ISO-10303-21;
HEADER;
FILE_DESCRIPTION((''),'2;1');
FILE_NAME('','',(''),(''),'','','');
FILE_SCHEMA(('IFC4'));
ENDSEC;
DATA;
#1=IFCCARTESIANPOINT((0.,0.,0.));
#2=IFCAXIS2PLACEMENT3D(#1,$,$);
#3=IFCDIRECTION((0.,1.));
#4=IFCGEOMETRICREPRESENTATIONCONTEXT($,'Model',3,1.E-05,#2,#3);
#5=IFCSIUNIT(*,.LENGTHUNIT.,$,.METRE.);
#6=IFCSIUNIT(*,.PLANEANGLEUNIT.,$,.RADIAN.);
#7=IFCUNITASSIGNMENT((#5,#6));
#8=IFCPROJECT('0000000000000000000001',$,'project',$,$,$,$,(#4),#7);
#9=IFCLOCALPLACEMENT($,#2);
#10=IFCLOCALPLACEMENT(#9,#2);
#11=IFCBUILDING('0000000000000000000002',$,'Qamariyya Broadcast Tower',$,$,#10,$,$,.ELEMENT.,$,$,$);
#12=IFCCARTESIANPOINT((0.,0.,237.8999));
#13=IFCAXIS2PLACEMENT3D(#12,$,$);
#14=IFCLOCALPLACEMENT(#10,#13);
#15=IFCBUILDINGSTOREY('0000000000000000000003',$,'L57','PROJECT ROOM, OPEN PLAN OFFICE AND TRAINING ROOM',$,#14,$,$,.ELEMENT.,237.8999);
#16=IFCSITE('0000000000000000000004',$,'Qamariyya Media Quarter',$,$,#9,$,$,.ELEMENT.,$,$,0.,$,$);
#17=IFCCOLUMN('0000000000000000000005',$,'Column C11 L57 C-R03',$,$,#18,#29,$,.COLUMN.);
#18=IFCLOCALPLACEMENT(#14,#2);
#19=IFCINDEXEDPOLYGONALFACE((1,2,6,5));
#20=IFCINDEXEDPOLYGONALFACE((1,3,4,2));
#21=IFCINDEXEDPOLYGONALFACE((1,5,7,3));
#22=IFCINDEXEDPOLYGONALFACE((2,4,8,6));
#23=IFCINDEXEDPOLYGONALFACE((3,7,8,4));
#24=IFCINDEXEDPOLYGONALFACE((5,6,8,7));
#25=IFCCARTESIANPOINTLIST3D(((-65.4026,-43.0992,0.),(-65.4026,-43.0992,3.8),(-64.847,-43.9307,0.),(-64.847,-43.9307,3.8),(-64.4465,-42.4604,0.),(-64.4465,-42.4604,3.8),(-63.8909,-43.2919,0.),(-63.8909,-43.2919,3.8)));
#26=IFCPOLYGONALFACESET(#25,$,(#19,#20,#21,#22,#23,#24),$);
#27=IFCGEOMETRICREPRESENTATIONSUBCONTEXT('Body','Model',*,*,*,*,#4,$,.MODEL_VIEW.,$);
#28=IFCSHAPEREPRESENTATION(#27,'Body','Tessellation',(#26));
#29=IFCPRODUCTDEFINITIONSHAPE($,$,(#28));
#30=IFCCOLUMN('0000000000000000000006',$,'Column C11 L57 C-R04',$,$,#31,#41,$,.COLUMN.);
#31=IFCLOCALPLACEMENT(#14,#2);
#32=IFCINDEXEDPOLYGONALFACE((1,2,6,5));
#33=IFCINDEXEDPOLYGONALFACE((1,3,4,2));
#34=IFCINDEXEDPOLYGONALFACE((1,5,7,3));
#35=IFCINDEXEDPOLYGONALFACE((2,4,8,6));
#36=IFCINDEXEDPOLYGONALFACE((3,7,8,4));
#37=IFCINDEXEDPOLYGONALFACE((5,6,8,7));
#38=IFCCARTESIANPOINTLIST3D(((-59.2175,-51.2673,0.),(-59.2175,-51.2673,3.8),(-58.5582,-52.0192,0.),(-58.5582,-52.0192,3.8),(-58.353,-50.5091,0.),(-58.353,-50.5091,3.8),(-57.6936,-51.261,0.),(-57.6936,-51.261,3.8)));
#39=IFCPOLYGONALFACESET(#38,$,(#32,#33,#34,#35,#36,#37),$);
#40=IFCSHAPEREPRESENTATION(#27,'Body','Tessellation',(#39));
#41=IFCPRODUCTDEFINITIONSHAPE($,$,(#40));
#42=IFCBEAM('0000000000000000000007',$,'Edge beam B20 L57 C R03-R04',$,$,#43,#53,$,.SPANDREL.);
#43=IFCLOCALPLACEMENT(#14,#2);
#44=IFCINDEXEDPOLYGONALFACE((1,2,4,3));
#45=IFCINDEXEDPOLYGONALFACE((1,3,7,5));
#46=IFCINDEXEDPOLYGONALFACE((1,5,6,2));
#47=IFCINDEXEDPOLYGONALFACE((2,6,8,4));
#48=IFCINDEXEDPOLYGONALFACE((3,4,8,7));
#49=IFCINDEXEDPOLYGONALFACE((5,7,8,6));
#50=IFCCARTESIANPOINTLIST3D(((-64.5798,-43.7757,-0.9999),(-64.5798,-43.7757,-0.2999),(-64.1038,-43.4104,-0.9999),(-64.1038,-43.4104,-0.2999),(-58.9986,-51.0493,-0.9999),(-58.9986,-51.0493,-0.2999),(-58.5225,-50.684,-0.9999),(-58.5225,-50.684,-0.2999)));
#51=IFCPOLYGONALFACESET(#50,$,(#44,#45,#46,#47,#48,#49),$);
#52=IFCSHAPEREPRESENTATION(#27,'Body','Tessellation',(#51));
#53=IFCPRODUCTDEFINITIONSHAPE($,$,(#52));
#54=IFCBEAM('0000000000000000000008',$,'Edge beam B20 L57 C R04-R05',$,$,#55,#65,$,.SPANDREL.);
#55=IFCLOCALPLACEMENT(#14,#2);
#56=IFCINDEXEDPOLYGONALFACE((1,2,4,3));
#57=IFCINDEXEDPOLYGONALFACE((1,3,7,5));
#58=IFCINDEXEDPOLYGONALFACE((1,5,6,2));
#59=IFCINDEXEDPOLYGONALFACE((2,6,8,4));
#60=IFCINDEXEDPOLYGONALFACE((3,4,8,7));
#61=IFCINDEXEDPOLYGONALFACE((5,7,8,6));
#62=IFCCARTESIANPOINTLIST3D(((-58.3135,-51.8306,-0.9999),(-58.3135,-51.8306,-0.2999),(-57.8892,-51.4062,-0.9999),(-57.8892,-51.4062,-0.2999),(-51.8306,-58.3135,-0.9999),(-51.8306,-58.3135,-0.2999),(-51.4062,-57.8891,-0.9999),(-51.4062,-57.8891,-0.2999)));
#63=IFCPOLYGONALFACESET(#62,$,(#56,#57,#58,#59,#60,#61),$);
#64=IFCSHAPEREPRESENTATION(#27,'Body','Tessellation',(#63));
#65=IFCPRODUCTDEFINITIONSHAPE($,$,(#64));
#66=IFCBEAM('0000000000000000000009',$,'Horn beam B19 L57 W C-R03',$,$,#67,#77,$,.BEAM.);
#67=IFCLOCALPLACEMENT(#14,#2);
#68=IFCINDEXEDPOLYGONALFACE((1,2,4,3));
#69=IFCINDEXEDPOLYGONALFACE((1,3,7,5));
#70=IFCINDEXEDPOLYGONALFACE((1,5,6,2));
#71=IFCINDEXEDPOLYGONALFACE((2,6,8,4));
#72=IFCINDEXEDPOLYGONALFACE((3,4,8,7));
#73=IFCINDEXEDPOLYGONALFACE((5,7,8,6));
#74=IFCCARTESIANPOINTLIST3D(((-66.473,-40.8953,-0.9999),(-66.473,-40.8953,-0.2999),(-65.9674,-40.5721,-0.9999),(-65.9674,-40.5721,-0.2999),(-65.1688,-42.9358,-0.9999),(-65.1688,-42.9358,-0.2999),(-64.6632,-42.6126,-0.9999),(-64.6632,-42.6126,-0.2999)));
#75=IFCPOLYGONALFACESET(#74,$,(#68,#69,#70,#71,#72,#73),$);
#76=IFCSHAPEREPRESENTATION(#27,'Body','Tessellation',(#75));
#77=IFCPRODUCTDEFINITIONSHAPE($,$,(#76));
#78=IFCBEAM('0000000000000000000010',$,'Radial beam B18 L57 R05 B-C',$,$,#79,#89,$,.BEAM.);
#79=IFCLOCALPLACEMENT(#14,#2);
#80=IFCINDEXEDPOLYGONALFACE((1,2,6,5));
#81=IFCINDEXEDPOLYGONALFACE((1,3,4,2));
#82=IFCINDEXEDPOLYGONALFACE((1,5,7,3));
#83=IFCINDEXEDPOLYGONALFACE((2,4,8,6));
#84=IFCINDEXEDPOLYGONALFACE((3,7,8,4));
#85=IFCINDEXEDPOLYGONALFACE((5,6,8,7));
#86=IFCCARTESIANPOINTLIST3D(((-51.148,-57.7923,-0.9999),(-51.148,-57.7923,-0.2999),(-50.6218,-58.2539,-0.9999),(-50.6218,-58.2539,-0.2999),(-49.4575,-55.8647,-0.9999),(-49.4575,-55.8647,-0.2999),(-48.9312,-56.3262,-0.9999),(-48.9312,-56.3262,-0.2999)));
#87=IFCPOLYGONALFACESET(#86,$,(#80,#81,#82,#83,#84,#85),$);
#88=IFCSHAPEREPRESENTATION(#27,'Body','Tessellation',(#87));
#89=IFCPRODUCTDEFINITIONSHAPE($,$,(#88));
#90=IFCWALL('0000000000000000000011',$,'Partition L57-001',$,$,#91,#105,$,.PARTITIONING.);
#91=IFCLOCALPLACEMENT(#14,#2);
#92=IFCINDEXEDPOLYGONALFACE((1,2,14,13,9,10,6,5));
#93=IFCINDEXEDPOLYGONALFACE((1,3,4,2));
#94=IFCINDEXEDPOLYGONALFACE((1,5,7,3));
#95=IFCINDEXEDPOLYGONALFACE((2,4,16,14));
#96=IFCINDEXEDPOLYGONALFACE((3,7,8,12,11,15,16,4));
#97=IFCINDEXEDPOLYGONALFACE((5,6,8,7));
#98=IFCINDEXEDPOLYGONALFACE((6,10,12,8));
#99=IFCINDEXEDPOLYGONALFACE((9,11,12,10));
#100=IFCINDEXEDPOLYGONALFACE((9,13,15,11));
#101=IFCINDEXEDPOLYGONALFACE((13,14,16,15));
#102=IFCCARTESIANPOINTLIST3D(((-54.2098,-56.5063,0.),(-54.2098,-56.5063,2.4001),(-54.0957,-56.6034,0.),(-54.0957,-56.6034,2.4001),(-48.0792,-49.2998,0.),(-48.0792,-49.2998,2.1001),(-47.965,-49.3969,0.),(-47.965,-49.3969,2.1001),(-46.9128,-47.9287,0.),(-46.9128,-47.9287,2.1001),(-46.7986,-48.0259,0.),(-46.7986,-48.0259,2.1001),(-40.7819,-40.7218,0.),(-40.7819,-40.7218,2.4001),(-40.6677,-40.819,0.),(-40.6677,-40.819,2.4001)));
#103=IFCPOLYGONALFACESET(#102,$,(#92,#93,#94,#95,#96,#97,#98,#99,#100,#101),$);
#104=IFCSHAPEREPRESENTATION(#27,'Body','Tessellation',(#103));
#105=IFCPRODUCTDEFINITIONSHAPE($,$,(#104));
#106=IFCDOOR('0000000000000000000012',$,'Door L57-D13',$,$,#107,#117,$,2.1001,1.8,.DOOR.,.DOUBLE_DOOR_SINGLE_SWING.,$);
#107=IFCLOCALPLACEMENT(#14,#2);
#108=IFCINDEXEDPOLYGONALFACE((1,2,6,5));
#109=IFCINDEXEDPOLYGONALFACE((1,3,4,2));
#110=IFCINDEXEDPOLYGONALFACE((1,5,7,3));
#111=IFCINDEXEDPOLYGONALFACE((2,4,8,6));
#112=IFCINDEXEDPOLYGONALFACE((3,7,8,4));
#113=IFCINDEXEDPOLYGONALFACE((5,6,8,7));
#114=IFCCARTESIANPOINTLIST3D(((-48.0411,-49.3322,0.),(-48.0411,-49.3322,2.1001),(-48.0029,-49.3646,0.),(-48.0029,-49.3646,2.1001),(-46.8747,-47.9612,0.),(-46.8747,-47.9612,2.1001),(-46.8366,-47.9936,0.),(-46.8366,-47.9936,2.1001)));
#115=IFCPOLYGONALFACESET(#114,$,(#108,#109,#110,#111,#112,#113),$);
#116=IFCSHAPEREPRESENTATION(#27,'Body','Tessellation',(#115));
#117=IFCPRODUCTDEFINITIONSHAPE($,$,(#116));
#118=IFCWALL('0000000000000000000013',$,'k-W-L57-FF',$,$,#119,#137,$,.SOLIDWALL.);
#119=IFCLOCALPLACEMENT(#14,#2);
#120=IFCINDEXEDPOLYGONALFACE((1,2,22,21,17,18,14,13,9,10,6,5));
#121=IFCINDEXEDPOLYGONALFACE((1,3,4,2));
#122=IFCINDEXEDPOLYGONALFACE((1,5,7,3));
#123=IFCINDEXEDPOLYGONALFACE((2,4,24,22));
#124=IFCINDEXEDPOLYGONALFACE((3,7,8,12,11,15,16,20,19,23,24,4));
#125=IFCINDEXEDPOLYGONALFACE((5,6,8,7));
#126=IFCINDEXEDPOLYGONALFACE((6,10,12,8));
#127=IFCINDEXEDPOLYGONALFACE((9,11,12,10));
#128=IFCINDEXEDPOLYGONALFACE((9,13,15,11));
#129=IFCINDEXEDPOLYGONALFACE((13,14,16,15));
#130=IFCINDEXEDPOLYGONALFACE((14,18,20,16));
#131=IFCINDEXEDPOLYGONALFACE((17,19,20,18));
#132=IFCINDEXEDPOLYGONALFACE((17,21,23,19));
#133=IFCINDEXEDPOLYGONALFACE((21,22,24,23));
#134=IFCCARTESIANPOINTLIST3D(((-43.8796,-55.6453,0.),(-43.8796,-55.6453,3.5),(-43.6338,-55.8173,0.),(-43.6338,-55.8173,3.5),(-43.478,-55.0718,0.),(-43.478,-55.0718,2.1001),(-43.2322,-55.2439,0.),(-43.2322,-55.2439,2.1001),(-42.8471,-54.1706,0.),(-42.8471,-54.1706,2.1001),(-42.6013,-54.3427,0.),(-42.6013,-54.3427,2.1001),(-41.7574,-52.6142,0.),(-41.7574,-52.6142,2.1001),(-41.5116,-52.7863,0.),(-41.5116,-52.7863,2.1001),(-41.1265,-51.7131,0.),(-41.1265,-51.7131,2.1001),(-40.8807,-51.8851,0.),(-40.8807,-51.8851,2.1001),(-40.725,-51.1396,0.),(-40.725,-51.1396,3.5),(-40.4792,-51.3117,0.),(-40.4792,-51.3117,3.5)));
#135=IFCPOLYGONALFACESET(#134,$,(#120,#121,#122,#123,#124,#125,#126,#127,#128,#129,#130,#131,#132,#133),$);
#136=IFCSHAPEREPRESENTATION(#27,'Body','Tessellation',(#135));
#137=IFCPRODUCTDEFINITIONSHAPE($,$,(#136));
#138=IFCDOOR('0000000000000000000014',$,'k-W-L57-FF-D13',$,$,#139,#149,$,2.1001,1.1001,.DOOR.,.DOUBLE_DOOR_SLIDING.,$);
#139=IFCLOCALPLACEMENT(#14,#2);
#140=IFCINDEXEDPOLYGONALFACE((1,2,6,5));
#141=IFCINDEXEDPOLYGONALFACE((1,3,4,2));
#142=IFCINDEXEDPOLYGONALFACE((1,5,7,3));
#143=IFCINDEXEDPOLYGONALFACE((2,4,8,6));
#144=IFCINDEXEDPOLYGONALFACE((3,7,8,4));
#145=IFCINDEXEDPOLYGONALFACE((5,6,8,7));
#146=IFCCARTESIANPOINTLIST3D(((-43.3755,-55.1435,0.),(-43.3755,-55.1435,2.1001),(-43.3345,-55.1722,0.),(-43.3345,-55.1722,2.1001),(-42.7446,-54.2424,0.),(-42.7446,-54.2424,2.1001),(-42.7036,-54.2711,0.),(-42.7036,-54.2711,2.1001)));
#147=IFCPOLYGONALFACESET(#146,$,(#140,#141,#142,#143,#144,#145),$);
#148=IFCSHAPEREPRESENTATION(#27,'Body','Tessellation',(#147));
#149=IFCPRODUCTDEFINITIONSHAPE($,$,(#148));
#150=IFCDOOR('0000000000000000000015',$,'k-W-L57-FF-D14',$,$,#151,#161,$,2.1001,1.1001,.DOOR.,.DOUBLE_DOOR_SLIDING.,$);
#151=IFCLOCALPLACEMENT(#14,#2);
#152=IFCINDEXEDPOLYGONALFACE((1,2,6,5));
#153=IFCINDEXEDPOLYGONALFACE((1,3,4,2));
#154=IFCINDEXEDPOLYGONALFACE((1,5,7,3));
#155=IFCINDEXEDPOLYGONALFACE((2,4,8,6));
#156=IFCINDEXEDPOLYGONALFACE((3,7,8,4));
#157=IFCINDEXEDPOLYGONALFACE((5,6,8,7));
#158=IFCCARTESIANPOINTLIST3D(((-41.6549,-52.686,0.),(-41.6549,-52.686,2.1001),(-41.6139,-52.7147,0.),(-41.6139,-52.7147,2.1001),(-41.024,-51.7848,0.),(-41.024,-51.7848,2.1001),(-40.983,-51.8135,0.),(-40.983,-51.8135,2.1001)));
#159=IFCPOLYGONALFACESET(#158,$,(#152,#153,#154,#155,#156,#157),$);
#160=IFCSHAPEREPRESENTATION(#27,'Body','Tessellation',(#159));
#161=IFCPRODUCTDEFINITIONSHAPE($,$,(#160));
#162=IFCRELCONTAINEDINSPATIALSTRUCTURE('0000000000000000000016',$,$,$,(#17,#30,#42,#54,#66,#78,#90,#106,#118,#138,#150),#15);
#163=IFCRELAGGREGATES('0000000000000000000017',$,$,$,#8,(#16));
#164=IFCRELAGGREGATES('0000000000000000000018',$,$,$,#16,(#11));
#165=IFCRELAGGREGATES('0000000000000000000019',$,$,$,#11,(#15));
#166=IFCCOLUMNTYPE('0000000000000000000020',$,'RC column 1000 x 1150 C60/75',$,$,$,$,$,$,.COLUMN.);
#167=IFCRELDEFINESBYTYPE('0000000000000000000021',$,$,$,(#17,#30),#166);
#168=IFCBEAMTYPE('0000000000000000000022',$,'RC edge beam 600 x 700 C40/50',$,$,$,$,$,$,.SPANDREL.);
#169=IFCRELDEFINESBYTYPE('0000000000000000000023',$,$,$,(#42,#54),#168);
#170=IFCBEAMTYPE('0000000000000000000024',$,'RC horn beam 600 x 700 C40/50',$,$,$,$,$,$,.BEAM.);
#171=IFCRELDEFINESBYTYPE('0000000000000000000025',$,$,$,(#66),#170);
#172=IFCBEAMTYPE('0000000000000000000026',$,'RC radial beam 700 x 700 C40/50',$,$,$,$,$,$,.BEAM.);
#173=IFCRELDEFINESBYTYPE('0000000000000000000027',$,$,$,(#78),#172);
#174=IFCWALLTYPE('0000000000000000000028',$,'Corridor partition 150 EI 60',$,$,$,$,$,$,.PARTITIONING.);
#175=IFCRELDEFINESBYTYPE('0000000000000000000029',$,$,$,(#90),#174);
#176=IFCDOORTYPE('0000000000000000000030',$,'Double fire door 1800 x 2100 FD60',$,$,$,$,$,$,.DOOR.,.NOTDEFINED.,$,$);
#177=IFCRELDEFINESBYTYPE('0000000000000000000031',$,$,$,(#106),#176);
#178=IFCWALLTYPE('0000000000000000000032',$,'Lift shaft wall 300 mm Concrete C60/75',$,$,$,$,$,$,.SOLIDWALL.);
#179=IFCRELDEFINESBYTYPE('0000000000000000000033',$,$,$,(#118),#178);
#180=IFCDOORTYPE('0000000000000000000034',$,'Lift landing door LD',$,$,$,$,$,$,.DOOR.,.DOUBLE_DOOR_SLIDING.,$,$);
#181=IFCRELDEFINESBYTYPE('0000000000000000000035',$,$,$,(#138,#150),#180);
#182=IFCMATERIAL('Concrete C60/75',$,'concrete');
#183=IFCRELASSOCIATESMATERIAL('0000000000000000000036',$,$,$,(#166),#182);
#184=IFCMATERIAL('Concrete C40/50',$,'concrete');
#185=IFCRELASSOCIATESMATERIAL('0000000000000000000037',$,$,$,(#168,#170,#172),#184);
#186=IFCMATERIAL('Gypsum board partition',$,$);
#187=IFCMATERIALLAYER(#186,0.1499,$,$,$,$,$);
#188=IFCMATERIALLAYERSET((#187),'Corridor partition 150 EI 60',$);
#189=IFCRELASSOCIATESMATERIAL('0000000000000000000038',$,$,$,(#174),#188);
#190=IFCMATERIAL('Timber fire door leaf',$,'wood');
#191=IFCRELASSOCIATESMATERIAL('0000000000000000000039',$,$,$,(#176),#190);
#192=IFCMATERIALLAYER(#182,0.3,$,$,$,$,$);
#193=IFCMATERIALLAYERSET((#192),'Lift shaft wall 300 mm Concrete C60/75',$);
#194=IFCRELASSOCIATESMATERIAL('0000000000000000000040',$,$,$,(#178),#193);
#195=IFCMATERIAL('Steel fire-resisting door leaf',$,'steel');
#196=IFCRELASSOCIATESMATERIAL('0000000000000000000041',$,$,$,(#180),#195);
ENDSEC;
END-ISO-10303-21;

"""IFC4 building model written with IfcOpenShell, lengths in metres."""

from ifc_helpers import new_model, si_unit, direction, frame, frame_2d, origin, origin_2d, place, context, subcontext, project, spatial, rectangle, extrude, material, layer, layer_set, material_profile, profile_set, type_object, element, fill, save


model = new_model("IFC4")

# Units and contexts
model_context = context("Model", 3, precision=1e-05, world=origin(), true_north=direction((0.0, 1.0)))
body_context = subcontext(model_context, "Body", "Model", "MODEL_VIEW")
ifc_project = project(units=[si_unit("LENGTHUNIT", "METRE"), si_unit("PLANEANGLEUNIT", "RADIAN")], contexts=[model_context])

# Site, building, storey
site_placement = place(None, origin())
site = spatial("IfcSite", under=ifc_project, at=site_placement, Name="Qamariyya Media Quarter", CompositionType="ELEMENT", RefElevation=0.0)
building_placement = place(site_placement, origin())
building = spatial("IfcBuilding", under=site, at=building_placement, Name="Qamariyya Broadcast Tower", CompositionType="ELEMENT")
storey_placement = place(building_placement, frame((0.0, 0.0, 237.8999)))
storey = spatial("IfcBuildingStorey", under=building, at=storey_placement, Name="L57", Description="PROJECT ROOM, OPEN PLAN OFFICE AND TRAINING ROOM", CompositionType="ELEMENT", Elevation=237.8999)

# Columns
ifc_material_1 = material(Name="Concrete C60/75", Category="concrete")
ifc_material_profile_1 = material_profile(ifc_material_1, rectangle(XDim=1.0, YDim=1.1499, at=origin_2d()))
ifc_profile_set_1 = profile_set([ifc_material_profile_1], Name="Concrete C60/75")
column_type = type_object("IfcColumnType", Name="RC column 1000 x 1150 C60/75", PredefinedType="COLUMN", material=ifc_profile_set_1)
for number, where, z_axis, x_axis, name in (
    (1, (-64.6467, -43.1956, 0.0), (0.0, 0.0, 1.0), (0.55557, -0.83147, 0.0), "Column C11 L57 C-R03"),
    (2, (-58.4556, -51.2642, 0.0), (0.0, 0.0, 1.0), (0.659346, -0.75184, 0.0), "Column C11 L57 C-R04"),
):
    element("IfcColumn", number, at=place(storey_placement, frame(where, z_axis=z_axis, x_axis=x_axis)), inside=storey, type_object=column_type, Name=name, PredefinedType="COLUMN", context=body_context, shape_type="SweptSolid", body=[
        extrude(rectangle(XDim=1.0, YDim=1.1499, at=origin_2d()), origin(), (0.0, 0.0, 1.0), 3.8),
    ])

# Beams
ifc_material_2 = material(Name="Concrete C40/50", Category="concrete")
ifc_material_profile_2 = material_profile(ifc_material_2, rectangle(XDim=0.6001, YDim=0.7, at=origin_2d()))
ifc_profile_set_2 = profile_set([ifc_material_profile_2], Name="Concrete C40/50")
beam_type_1 = type_object("IfcBeamType", Name="RC edge beam 600 x 700 C40/50", PredefinedType="SPANDREL", material=ifc_profile_set_2)
for number, where, z_axis, x_axis, name in (
    (3, (-64.3418, -43.593, -0.6499), (0.608762, -0.793353, 0.0), (0.793353, 0.608762, 0.0), "Edge beam B20 L57 C R03-R04"),
    (4, (-58.1013, -51.6184, -0.6499), (0.707107, -0.707107, 0.0), (0.707107, 0.707107, 0.0), "Edge beam B20 L57 C R04-R05"),
):
    element("IfcBeam", number, at=place(storey_placement, frame(where, z_axis=z_axis, x_axis=x_axis)), inside=storey, type_object=beam_type_1, Name=name, PredefinedType="SPANDREL", context=body_context, shape_type="SweptSolid", body=[
        extrude(rectangle(XDim=0.6001, YDim=0.7, at=origin_2d()), origin(), (0.0, 0.0, 1.0), 9.1682),
    ])
ifc_material_profile_3 = material_profile(ifc_material_2, rectangle(XDim=0.6001, YDim=0.7, at=origin_2d()))
ifc_profile_set_3 = profile_set([ifc_material_profile_3], Name="Concrete C40/50")
beam_type_2 = type_object("IfcBeamType", Name="RC horn beam 600 x 700 C40/50", PredefinedType="BEAM", material=ifc_profile_set_3)
beam_1_placement = place(storey_placement, frame((-64.916, -42.7742, -0.6499), z_axis=(-0.538544, 0.842597, 0.0), x_axis=(-0.842597, -0.538544, 0.0)))
element("IfcBeam", 5, at=beam_1_placement, inside=storey, type_object=beam_type_2, Name="Horn beam B19 L57 W C-R03", PredefinedType="BEAM", context=body_context, shape_type="SweptSolid", body=[
    extrude(rectangle(XDim=0.6001, YDim=0.7, at=origin_2d()), origin(), (0.0, 0.0, 1.0), 2.4216),
])
ifc_material_profile_4 = material_profile(ifc_material_2, rectangle(XDim=0.7, YDim=0.7, at=origin_2d()))
ifc_profile_set_4 = profile_set([ifc_material_profile_4], Name="Concrete C40/50")
beam_type_3 = type_object("IfcBeamType", Name="RC radial beam 700 x 700 C40/50", PredefinedType="BEAM", material=ifc_profile_set_4)
beam_2_placement = place(storey_placement, frame((-49.1943, -56.0955, -0.6499), z_axis=(-0.659367, -0.751821, 0.0), x_axis=(0.751821, -0.659367, 0.0)))
element("IfcBeam", 6, at=beam_2_placement, inside=storey, type_object=beam_type_3, Name="Radial beam B18 L57 R05 B-C", PredefinedType="BEAM", context=body_context, shape_type="SweptSolid", body=[
    extrude(rectangle(XDim=0.7, YDim=0.7, at=origin_2d()), origin(), (0.0, 0.0, 1.0), 2.564),
])

# Wall, opening, door
ifc_material_3 = material(Name="Gypsum board partition")
ifc_layer_1 = layer(ifc_material_3, 0.1499)
ifc_layer_set_1 = layer_set([ifc_layer_1], Name="Corridor partition 150 EI 60")
wall_type_1 = type_object("IfcWallType", Name="Corridor partition 150 EI 60", PredefinedType="PARTITIONING", material=ifc_layer_set_1)
wall_1_placement = place(storey_placement, frame((-54.1528, -56.5549, 0.0), z_axis=(0.0, 0.0, 1.0), x_axis=(0.647963, 0.761672, 0.0)))
wall_1 = element("IfcWall", 7, at=wall_1_placement, inside=storey, type_object=wall_type_1, Name="Partition L57-001", PredefinedType="PARTITIONING", context=body_context, shape_type="SweptSolid", body=[
    extrude(rectangle(XDim=20.7234, YDim=0.1499, at=frame_2d((10.3618, 0.0))), origin(), (0.0, 0.0, 1.0), 2.4001),
])
opening_1_placement = place(wall_1_placement, frame((9.4617, 0.0, 0.0)))
opening_1 = element("IfcOpeningElement", 8, at=opening_1_placement, cuts=wall_1, PredefinedType="OPENING", context=body_context, shape_type="SweptSolid", body=[
    extrude(rectangle(XDim=1.8, YDim=2.1001, at=frame_2d((0.8999, 1.05))), frame((0.0, 0.085, 0.0), z_axis=(0.0, -1.0, 0.0), x_axis=(1.0, 0.0, 0.0)), (0.0, 0.0, 1.0), 0.1699),
])
ifc_material_4 = material(Name="Timber fire door leaf", Category="wood")
door_type_1 = type_object("IfcDoorType", Name="Double fire door 1800 x 2100 FD60", OperationType="NOTDEFINED", PredefinedType="DOOR", material=ifc_material_4)
door_1_placement = place(opening_1_placement, origin())
door_1 = element("IfcDoor", 9, at=door_1_placement, inside=storey, type_object=door_type_1, Name="Door L57-D13", OperationType="DOUBLE_DOOR_SINGLE_SWING", OverallHeight=2.1001, OverallWidth=1.8, PredefinedType="DOOR", context=body_context, shape_type="SweptSolid", body=[
    extrude(rectangle(XDim=1.8, YDim=2.1001, at=frame_2d((0.8999, 1.05))), frame((0.0, 0.0249, 0.0), z_axis=(0.0, -1.0, 0.0), x_axis=(1.0, 0.0, 0.0)), (0.0, 0.0, 1.0), 0.05),
])
fill(opening_1, door_1)

# Wall, openings, doors
ifc_layer_2 = layer(ifc_material_1, 0.3)
ifc_layer_set_2 = layer_set([ifc_layer_2], Name="Lift shaft wall 300 mm Concrete C60/75")
wall_type_2 = type_object("IfcWallType", Name="Lift shaft wall 300 mm Concrete C60/75", PredefinedType="SOLIDWALL", material=ifc_layer_set_2)
wall_2_placement = place(storey_placement, frame((-43.7566, -55.7312, 0.0), z_axis=(0.0, 0.0, 1.0), x_axis=(0.573537, 0.81918, 0.0)))
wall_2 = element("IfcWall", 10, at=wall_2_placement, inside=storey, type_object=wall_type_2, Name="k-W-L57-FF", PredefinedType="SOLIDWALL", context=body_context, shape_type="SweptSolid", body=[
    extrude(rectangle(XDim=5.5002, YDim=0.3, at=frame_2d((2.75, 0.0))), origin(), (0.0, 0.0, 1.0), 3.5),
])
opening_2_placement = place(wall_2_placement, frame((0.7, 0.0, 0.0)))
opening_2 = element("IfcOpeningElement", 11, at=opening_2_placement, cuts=wall_2, PredefinedType="OPENING", context=body_context, shape_type="SweptSolid", body=[
    extrude(rectangle(XDim=1.1001, YDim=2.1001, at=frame_2d((0.55, 1.05))), frame((0.0, 0.1599, 0.0), z_axis=(0.0, -1.0, 0.0), x_axis=(1.0, 0.0, 0.0)), (0.0, 0.0, 1.0), 0.3201),
])
opening_3_placement = place(wall_2_placement, frame((3.7, 0.0, 0.0)))
opening_3 = element("IfcOpeningElement", 12, at=opening_3_placement, cuts=wall_2, PredefinedType="OPENING", context=body_context, shape_type="SweptSolid", body=[
    extrude(rectangle(XDim=1.1001, YDim=2.1001, at=frame_2d((0.55, 1.05))), frame((0.0, 0.1599, 0.0), z_axis=(0.0, -1.0, 0.0), x_axis=(1.0, 0.0, 0.0)), (0.0, 0.0, 1.0), 0.3201),
])
ifc_material_5 = material(Name="Steel fire-resisting door leaf", Category="steel")
door_type_2 = type_object("IfcDoorType", Name="Lift landing door LD", OperationType="DOUBLE_DOOR_SLIDING", PredefinedType="DOOR", material=ifc_material_5)
door_2_placement = place(opening_2_placement, origin())
door_2 = element("IfcDoor", 13, at=door_2_placement, inside=storey, type_object=door_type_2, Name="k-W-L57-FF-D13", OperationType="DOUBLE_DOOR_SLIDING", OverallHeight=2.1001, OverallWidth=1.1001, PredefinedType="DOOR", context=body_context, shape_type="SweptSolid", body=[
    extrude(rectangle(XDim=1.1001, YDim=2.1001, at=frame_2d((0.55, 1.05))), frame((0.0, 0.0249, 0.0), z_axis=(0.0, -1.0, 0.0), x_axis=(1.0, 0.0, 0.0)), (0.0, 0.0, 1.0), 0.05),
])
fill(opening_2, door_2)
door_3_placement = place(opening_3_placement, origin())
door_3 = element("IfcDoor", 14, at=door_3_placement, inside=storey, type_object=door_type_2, Name="k-W-L57-FF-D14", OperationType="DOUBLE_DOOR_SLIDING", OverallHeight=2.1001, OverallWidth=1.1001, PredefinedType="DOOR", context=body_context, shape_type="SweptSolid", body=[
    extrude(rectangle(XDim=1.1001, YDim=2.1001, at=frame_2d((0.55, 1.05))), frame((0.0, 0.0249, 0.0), z_axis=(0.0, -1.0, 0.0), x_axis=(1.0, 0.0, 0.0)), (0.0, 0.0, 1.0), 0.05),
])
fill(opening_3, door_3)

save(model, "model.ifc")
